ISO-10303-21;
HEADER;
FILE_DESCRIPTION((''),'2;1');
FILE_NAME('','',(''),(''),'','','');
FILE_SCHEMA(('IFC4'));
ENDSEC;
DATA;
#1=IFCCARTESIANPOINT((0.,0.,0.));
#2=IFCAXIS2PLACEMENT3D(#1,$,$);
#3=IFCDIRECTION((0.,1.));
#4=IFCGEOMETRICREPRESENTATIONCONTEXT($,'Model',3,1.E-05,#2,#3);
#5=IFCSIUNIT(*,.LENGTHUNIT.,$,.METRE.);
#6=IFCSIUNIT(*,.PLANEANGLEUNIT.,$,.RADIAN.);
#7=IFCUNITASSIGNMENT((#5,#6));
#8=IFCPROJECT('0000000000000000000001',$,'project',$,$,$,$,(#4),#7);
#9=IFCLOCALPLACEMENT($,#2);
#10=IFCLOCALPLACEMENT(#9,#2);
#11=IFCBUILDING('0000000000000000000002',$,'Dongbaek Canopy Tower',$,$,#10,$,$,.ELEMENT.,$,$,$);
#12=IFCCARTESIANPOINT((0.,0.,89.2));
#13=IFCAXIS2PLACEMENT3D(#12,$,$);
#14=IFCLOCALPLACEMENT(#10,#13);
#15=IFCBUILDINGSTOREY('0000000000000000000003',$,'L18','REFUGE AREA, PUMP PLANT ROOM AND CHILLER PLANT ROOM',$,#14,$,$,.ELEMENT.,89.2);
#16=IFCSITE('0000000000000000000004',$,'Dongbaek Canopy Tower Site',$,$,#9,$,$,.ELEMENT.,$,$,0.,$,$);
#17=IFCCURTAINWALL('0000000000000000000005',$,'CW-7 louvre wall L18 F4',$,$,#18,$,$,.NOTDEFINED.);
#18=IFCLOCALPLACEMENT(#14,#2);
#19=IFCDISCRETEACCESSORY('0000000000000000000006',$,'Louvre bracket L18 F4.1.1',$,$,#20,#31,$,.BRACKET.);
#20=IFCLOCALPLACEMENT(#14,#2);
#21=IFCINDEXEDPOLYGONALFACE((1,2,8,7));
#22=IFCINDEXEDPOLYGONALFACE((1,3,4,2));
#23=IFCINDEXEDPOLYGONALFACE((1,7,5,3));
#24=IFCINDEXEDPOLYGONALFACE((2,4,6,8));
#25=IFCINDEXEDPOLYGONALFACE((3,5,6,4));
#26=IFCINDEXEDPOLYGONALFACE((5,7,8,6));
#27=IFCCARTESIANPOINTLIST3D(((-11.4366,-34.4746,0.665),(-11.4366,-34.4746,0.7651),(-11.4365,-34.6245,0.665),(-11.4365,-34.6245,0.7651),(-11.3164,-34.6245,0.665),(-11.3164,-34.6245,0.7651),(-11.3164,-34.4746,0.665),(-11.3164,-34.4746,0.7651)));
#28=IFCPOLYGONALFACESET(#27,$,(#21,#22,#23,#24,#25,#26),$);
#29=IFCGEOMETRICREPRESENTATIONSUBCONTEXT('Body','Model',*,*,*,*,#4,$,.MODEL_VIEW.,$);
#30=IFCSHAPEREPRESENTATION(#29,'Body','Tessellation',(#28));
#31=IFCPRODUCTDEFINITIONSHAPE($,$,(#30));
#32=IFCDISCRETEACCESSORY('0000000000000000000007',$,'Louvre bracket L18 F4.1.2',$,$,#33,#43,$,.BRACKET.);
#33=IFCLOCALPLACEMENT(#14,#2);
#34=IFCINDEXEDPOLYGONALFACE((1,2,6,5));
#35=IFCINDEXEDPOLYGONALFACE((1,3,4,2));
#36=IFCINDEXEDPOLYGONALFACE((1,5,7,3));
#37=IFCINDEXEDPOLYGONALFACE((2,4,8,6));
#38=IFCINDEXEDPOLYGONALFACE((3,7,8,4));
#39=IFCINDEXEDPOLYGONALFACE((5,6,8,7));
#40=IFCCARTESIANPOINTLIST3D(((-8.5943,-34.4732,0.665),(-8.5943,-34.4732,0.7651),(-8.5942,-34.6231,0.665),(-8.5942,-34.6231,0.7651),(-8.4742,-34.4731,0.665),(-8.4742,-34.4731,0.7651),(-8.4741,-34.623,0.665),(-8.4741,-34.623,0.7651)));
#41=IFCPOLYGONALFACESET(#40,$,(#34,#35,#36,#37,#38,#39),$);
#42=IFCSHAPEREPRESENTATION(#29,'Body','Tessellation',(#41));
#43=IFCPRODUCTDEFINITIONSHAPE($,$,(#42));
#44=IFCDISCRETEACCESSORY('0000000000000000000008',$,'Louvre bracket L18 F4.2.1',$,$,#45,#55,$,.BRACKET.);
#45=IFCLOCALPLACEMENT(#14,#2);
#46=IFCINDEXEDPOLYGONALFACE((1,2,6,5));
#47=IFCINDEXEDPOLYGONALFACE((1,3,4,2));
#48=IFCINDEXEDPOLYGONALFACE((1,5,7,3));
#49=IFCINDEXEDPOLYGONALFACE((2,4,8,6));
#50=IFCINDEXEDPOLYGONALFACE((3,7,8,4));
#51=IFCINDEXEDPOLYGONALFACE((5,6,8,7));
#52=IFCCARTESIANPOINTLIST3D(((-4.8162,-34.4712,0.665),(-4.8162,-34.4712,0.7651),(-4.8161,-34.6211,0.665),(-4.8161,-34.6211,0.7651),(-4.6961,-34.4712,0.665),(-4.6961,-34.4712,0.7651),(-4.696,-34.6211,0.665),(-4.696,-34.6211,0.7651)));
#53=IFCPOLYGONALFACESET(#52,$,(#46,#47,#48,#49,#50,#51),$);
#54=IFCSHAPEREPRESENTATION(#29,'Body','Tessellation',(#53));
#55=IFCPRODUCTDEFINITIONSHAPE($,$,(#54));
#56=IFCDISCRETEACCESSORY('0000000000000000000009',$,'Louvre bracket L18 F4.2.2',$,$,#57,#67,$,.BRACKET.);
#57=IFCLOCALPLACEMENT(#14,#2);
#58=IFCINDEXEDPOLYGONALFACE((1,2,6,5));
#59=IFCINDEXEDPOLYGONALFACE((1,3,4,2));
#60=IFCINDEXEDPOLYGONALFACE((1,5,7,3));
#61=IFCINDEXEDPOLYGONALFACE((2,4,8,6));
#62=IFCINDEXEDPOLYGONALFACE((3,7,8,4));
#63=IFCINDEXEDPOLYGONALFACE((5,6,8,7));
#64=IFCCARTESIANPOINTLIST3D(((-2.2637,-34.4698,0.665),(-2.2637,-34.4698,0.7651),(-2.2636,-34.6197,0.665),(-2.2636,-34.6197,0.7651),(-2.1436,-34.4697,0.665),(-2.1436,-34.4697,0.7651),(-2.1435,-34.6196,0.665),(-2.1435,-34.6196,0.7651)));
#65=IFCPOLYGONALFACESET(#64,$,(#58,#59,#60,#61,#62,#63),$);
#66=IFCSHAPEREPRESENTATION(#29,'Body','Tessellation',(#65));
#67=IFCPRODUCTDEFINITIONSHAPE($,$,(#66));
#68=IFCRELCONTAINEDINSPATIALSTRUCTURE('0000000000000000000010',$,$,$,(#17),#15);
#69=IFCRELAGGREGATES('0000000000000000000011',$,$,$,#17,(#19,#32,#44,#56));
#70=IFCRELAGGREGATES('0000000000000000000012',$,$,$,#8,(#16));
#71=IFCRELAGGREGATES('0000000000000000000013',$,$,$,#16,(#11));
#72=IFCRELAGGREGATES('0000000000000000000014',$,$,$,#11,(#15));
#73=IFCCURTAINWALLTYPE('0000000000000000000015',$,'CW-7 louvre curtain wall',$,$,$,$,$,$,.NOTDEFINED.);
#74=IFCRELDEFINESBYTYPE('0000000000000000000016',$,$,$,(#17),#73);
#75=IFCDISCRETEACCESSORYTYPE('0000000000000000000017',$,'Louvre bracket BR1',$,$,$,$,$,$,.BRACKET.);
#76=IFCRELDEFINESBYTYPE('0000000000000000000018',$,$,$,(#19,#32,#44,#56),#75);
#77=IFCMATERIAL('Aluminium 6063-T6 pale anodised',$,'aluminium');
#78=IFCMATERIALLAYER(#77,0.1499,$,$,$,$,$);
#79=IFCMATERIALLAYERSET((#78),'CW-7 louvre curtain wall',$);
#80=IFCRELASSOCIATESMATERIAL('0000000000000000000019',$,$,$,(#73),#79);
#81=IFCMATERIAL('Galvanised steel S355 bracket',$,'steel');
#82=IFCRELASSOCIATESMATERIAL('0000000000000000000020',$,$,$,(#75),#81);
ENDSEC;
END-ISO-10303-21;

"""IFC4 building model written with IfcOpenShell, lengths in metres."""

from ifc_helpers import new_model, si_unit, direction, frame, origin, origin_2d, place, context, subcontext, project, spatial, rectangle, extrude, material, layer, layer_set, type_object, element, aggregate, save


model = new_model("IFC4")

# Units and contexts
model_context = context("Model", 3, precision=1e-05, world=origin(), true_north=direction((0.0, 1.0)))
body_context = subcontext(model_context, "Body", "Model", "MODEL_VIEW")
ifc_project = project(units=[si_unit("LENGTHUNIT", "METRE"), si_unit("PLANEANGLEUNIT", "RADIAN")], contexts=[model_context])

# Site, building, storey
site_placement = place(None, origin())
site = spatial("IfcSite", under=ifc_project, at=site_placement, Name="Dongbaek Canopy Tower Site", CompositionType="ELEMENT", RefElevation=0.0)
building_placement = place(site_placement, origin())
building = spatial("IfcBuilding", under=site, at=building_placement, Name="Dongbaek Canopy Tower", CompositionType="ELEMENT")
storey_placement = place(building_placement, frame((0.0, 0.0, 89.2)))
storey = spatial("IfcBuildingStorey", under=building, at=storey_placement, Name="L18", Description="REFUGE AREA, PUMP PLANT ROOM AND CHILLER PLANT ROOM", CompositionType="ELEMENT", Elevation=89.2)

# Curtain wall
ifc_material_1 = material(Name="Aluminium 6063-T6 pale anodised", Category="aluminium")
ifc_layer_1 = layer(ifc_material_1, 0.1499)
ifc_layer_set_1 = layer_set([ifc_layer_1], Name="CW-7 louvre curtain wall")
curtain_wall_type = type_object("IfcCurtainWallType", Name="CW-7 louvre curtain wall", PredefinedType="NOTDEFINED", material=ifc_layer_set_1)
curtain_wall_placement = place(storey_placement, origin())
curtain_wall = element("IfcCurtainWall", 1, at=curtain_wall_placement, inside=storey, type_object=curtain_wall_type, Name="CW-7 louvre wall L18 F4", PredefinedType="NOTDEFINED")

# Discrete accessories
ifc_material_2 = material(Name="Galvanised steel S355 bracket", Category="steel")
discrete_accessory_type = type_object("IfcDiscreteAccessoryType", Name="Louvre bracket BR1", PredefinedType="BRACKET", material=ifc_material_2)
discrete_accessory_1_placement = place(storey_placement, frame((-11.3765, -34.5496, 0.665), z_axis=(0.0, 0.0, 1.0), x_axis=(1.0, 0.000524, 0.0)))
discrete_accessory_1 = element("IfcDiscreteAccessory", 2, at=discrete_accessory_1_placement, type_object=discrete_accessory_type, Name="Louvre bracket L18 F4.1.1", PredefinedType="BRACKET", context=body_context, shape_type="SweptSolid", body=[
    extrude(rectangle(XDim=0.1201, YDim=0.1499, at=origin_2d()), origin(), (0.0, 0.0, 1.0), 0.1001),
])
discrete_accessory_2_placement = place(storey_placement, frame((-8.5342, -34.5481, 0.665), z_axis=(0.0, 0.0, 1.0), x_axis=(1.0, 0.000524, 0.0)))
discrete_accessory_2 = element("IfcDiscreteAccessory", 3, at=discrete_accessory_2_placement, type_object=discrete_accessory_type, Name="Louvre bracket L18 F4.1.2", PredefinedType="BRACKET", context=body_context, shape_type="SweptSolid", body=[
    extrude(rectangle(XDim=0.1201, YDim=0.1499, at=origin_2d()), origin(), (0.0, 0.0, 1.0), 0.1001),
])
discrete_accessory_3_placement = place(storey_placement, frame((-4.7561, -34.5461, 0.665), z_axis=(0.0, 0.0, 1.0), x_axis=(1.0, 0.000524, 0.0)))
discrete_accessory_3 = element("IfcDiscreteAccessory", 4, at=discrete_accessory_3_placement, type_object=discrete_accessory_type, Name="Louvre bracket L18 F4.2.1", PredefinedType="BRACKET", context=body_context, shape_type="SweptSolid", body=[
    extrude(rectangle(XDim=0.1201, YDim=0.1499, at=origin_2d()), origin(), (0.0, 0.0, 1.0), 0.1001),
])
discrete_accessory_4_placement = place(storey_placement, frame((-2.2036, -34.5447, 0.665), z_axis=(0.0, 0.0, 1.0), x_axis=(1.0, 0.000524, 0.0)))
discrete_accessory_4 = element("IfcDiscreteAccessory", 5, at=discrete_accessory_4_placement, type_object=discrete_accessory_type, Name="Louvre bracket L18 F4.2.2", PredefinedType="BRACKET", context=body_context, shape_type="SweptSolid", body=[
    extrude(rectangle(XDim=0.1201, YDim=0.1499, at=origin_2d()), origin(), (0.0, 0.0, 1.0), 0.1001),
])
aggregate(curtain_wall, [discrete_accessory_1, discrete_accessory_2, discrete_accessory_3, discrete_accessory_4])

save(model, "model.ifc")
